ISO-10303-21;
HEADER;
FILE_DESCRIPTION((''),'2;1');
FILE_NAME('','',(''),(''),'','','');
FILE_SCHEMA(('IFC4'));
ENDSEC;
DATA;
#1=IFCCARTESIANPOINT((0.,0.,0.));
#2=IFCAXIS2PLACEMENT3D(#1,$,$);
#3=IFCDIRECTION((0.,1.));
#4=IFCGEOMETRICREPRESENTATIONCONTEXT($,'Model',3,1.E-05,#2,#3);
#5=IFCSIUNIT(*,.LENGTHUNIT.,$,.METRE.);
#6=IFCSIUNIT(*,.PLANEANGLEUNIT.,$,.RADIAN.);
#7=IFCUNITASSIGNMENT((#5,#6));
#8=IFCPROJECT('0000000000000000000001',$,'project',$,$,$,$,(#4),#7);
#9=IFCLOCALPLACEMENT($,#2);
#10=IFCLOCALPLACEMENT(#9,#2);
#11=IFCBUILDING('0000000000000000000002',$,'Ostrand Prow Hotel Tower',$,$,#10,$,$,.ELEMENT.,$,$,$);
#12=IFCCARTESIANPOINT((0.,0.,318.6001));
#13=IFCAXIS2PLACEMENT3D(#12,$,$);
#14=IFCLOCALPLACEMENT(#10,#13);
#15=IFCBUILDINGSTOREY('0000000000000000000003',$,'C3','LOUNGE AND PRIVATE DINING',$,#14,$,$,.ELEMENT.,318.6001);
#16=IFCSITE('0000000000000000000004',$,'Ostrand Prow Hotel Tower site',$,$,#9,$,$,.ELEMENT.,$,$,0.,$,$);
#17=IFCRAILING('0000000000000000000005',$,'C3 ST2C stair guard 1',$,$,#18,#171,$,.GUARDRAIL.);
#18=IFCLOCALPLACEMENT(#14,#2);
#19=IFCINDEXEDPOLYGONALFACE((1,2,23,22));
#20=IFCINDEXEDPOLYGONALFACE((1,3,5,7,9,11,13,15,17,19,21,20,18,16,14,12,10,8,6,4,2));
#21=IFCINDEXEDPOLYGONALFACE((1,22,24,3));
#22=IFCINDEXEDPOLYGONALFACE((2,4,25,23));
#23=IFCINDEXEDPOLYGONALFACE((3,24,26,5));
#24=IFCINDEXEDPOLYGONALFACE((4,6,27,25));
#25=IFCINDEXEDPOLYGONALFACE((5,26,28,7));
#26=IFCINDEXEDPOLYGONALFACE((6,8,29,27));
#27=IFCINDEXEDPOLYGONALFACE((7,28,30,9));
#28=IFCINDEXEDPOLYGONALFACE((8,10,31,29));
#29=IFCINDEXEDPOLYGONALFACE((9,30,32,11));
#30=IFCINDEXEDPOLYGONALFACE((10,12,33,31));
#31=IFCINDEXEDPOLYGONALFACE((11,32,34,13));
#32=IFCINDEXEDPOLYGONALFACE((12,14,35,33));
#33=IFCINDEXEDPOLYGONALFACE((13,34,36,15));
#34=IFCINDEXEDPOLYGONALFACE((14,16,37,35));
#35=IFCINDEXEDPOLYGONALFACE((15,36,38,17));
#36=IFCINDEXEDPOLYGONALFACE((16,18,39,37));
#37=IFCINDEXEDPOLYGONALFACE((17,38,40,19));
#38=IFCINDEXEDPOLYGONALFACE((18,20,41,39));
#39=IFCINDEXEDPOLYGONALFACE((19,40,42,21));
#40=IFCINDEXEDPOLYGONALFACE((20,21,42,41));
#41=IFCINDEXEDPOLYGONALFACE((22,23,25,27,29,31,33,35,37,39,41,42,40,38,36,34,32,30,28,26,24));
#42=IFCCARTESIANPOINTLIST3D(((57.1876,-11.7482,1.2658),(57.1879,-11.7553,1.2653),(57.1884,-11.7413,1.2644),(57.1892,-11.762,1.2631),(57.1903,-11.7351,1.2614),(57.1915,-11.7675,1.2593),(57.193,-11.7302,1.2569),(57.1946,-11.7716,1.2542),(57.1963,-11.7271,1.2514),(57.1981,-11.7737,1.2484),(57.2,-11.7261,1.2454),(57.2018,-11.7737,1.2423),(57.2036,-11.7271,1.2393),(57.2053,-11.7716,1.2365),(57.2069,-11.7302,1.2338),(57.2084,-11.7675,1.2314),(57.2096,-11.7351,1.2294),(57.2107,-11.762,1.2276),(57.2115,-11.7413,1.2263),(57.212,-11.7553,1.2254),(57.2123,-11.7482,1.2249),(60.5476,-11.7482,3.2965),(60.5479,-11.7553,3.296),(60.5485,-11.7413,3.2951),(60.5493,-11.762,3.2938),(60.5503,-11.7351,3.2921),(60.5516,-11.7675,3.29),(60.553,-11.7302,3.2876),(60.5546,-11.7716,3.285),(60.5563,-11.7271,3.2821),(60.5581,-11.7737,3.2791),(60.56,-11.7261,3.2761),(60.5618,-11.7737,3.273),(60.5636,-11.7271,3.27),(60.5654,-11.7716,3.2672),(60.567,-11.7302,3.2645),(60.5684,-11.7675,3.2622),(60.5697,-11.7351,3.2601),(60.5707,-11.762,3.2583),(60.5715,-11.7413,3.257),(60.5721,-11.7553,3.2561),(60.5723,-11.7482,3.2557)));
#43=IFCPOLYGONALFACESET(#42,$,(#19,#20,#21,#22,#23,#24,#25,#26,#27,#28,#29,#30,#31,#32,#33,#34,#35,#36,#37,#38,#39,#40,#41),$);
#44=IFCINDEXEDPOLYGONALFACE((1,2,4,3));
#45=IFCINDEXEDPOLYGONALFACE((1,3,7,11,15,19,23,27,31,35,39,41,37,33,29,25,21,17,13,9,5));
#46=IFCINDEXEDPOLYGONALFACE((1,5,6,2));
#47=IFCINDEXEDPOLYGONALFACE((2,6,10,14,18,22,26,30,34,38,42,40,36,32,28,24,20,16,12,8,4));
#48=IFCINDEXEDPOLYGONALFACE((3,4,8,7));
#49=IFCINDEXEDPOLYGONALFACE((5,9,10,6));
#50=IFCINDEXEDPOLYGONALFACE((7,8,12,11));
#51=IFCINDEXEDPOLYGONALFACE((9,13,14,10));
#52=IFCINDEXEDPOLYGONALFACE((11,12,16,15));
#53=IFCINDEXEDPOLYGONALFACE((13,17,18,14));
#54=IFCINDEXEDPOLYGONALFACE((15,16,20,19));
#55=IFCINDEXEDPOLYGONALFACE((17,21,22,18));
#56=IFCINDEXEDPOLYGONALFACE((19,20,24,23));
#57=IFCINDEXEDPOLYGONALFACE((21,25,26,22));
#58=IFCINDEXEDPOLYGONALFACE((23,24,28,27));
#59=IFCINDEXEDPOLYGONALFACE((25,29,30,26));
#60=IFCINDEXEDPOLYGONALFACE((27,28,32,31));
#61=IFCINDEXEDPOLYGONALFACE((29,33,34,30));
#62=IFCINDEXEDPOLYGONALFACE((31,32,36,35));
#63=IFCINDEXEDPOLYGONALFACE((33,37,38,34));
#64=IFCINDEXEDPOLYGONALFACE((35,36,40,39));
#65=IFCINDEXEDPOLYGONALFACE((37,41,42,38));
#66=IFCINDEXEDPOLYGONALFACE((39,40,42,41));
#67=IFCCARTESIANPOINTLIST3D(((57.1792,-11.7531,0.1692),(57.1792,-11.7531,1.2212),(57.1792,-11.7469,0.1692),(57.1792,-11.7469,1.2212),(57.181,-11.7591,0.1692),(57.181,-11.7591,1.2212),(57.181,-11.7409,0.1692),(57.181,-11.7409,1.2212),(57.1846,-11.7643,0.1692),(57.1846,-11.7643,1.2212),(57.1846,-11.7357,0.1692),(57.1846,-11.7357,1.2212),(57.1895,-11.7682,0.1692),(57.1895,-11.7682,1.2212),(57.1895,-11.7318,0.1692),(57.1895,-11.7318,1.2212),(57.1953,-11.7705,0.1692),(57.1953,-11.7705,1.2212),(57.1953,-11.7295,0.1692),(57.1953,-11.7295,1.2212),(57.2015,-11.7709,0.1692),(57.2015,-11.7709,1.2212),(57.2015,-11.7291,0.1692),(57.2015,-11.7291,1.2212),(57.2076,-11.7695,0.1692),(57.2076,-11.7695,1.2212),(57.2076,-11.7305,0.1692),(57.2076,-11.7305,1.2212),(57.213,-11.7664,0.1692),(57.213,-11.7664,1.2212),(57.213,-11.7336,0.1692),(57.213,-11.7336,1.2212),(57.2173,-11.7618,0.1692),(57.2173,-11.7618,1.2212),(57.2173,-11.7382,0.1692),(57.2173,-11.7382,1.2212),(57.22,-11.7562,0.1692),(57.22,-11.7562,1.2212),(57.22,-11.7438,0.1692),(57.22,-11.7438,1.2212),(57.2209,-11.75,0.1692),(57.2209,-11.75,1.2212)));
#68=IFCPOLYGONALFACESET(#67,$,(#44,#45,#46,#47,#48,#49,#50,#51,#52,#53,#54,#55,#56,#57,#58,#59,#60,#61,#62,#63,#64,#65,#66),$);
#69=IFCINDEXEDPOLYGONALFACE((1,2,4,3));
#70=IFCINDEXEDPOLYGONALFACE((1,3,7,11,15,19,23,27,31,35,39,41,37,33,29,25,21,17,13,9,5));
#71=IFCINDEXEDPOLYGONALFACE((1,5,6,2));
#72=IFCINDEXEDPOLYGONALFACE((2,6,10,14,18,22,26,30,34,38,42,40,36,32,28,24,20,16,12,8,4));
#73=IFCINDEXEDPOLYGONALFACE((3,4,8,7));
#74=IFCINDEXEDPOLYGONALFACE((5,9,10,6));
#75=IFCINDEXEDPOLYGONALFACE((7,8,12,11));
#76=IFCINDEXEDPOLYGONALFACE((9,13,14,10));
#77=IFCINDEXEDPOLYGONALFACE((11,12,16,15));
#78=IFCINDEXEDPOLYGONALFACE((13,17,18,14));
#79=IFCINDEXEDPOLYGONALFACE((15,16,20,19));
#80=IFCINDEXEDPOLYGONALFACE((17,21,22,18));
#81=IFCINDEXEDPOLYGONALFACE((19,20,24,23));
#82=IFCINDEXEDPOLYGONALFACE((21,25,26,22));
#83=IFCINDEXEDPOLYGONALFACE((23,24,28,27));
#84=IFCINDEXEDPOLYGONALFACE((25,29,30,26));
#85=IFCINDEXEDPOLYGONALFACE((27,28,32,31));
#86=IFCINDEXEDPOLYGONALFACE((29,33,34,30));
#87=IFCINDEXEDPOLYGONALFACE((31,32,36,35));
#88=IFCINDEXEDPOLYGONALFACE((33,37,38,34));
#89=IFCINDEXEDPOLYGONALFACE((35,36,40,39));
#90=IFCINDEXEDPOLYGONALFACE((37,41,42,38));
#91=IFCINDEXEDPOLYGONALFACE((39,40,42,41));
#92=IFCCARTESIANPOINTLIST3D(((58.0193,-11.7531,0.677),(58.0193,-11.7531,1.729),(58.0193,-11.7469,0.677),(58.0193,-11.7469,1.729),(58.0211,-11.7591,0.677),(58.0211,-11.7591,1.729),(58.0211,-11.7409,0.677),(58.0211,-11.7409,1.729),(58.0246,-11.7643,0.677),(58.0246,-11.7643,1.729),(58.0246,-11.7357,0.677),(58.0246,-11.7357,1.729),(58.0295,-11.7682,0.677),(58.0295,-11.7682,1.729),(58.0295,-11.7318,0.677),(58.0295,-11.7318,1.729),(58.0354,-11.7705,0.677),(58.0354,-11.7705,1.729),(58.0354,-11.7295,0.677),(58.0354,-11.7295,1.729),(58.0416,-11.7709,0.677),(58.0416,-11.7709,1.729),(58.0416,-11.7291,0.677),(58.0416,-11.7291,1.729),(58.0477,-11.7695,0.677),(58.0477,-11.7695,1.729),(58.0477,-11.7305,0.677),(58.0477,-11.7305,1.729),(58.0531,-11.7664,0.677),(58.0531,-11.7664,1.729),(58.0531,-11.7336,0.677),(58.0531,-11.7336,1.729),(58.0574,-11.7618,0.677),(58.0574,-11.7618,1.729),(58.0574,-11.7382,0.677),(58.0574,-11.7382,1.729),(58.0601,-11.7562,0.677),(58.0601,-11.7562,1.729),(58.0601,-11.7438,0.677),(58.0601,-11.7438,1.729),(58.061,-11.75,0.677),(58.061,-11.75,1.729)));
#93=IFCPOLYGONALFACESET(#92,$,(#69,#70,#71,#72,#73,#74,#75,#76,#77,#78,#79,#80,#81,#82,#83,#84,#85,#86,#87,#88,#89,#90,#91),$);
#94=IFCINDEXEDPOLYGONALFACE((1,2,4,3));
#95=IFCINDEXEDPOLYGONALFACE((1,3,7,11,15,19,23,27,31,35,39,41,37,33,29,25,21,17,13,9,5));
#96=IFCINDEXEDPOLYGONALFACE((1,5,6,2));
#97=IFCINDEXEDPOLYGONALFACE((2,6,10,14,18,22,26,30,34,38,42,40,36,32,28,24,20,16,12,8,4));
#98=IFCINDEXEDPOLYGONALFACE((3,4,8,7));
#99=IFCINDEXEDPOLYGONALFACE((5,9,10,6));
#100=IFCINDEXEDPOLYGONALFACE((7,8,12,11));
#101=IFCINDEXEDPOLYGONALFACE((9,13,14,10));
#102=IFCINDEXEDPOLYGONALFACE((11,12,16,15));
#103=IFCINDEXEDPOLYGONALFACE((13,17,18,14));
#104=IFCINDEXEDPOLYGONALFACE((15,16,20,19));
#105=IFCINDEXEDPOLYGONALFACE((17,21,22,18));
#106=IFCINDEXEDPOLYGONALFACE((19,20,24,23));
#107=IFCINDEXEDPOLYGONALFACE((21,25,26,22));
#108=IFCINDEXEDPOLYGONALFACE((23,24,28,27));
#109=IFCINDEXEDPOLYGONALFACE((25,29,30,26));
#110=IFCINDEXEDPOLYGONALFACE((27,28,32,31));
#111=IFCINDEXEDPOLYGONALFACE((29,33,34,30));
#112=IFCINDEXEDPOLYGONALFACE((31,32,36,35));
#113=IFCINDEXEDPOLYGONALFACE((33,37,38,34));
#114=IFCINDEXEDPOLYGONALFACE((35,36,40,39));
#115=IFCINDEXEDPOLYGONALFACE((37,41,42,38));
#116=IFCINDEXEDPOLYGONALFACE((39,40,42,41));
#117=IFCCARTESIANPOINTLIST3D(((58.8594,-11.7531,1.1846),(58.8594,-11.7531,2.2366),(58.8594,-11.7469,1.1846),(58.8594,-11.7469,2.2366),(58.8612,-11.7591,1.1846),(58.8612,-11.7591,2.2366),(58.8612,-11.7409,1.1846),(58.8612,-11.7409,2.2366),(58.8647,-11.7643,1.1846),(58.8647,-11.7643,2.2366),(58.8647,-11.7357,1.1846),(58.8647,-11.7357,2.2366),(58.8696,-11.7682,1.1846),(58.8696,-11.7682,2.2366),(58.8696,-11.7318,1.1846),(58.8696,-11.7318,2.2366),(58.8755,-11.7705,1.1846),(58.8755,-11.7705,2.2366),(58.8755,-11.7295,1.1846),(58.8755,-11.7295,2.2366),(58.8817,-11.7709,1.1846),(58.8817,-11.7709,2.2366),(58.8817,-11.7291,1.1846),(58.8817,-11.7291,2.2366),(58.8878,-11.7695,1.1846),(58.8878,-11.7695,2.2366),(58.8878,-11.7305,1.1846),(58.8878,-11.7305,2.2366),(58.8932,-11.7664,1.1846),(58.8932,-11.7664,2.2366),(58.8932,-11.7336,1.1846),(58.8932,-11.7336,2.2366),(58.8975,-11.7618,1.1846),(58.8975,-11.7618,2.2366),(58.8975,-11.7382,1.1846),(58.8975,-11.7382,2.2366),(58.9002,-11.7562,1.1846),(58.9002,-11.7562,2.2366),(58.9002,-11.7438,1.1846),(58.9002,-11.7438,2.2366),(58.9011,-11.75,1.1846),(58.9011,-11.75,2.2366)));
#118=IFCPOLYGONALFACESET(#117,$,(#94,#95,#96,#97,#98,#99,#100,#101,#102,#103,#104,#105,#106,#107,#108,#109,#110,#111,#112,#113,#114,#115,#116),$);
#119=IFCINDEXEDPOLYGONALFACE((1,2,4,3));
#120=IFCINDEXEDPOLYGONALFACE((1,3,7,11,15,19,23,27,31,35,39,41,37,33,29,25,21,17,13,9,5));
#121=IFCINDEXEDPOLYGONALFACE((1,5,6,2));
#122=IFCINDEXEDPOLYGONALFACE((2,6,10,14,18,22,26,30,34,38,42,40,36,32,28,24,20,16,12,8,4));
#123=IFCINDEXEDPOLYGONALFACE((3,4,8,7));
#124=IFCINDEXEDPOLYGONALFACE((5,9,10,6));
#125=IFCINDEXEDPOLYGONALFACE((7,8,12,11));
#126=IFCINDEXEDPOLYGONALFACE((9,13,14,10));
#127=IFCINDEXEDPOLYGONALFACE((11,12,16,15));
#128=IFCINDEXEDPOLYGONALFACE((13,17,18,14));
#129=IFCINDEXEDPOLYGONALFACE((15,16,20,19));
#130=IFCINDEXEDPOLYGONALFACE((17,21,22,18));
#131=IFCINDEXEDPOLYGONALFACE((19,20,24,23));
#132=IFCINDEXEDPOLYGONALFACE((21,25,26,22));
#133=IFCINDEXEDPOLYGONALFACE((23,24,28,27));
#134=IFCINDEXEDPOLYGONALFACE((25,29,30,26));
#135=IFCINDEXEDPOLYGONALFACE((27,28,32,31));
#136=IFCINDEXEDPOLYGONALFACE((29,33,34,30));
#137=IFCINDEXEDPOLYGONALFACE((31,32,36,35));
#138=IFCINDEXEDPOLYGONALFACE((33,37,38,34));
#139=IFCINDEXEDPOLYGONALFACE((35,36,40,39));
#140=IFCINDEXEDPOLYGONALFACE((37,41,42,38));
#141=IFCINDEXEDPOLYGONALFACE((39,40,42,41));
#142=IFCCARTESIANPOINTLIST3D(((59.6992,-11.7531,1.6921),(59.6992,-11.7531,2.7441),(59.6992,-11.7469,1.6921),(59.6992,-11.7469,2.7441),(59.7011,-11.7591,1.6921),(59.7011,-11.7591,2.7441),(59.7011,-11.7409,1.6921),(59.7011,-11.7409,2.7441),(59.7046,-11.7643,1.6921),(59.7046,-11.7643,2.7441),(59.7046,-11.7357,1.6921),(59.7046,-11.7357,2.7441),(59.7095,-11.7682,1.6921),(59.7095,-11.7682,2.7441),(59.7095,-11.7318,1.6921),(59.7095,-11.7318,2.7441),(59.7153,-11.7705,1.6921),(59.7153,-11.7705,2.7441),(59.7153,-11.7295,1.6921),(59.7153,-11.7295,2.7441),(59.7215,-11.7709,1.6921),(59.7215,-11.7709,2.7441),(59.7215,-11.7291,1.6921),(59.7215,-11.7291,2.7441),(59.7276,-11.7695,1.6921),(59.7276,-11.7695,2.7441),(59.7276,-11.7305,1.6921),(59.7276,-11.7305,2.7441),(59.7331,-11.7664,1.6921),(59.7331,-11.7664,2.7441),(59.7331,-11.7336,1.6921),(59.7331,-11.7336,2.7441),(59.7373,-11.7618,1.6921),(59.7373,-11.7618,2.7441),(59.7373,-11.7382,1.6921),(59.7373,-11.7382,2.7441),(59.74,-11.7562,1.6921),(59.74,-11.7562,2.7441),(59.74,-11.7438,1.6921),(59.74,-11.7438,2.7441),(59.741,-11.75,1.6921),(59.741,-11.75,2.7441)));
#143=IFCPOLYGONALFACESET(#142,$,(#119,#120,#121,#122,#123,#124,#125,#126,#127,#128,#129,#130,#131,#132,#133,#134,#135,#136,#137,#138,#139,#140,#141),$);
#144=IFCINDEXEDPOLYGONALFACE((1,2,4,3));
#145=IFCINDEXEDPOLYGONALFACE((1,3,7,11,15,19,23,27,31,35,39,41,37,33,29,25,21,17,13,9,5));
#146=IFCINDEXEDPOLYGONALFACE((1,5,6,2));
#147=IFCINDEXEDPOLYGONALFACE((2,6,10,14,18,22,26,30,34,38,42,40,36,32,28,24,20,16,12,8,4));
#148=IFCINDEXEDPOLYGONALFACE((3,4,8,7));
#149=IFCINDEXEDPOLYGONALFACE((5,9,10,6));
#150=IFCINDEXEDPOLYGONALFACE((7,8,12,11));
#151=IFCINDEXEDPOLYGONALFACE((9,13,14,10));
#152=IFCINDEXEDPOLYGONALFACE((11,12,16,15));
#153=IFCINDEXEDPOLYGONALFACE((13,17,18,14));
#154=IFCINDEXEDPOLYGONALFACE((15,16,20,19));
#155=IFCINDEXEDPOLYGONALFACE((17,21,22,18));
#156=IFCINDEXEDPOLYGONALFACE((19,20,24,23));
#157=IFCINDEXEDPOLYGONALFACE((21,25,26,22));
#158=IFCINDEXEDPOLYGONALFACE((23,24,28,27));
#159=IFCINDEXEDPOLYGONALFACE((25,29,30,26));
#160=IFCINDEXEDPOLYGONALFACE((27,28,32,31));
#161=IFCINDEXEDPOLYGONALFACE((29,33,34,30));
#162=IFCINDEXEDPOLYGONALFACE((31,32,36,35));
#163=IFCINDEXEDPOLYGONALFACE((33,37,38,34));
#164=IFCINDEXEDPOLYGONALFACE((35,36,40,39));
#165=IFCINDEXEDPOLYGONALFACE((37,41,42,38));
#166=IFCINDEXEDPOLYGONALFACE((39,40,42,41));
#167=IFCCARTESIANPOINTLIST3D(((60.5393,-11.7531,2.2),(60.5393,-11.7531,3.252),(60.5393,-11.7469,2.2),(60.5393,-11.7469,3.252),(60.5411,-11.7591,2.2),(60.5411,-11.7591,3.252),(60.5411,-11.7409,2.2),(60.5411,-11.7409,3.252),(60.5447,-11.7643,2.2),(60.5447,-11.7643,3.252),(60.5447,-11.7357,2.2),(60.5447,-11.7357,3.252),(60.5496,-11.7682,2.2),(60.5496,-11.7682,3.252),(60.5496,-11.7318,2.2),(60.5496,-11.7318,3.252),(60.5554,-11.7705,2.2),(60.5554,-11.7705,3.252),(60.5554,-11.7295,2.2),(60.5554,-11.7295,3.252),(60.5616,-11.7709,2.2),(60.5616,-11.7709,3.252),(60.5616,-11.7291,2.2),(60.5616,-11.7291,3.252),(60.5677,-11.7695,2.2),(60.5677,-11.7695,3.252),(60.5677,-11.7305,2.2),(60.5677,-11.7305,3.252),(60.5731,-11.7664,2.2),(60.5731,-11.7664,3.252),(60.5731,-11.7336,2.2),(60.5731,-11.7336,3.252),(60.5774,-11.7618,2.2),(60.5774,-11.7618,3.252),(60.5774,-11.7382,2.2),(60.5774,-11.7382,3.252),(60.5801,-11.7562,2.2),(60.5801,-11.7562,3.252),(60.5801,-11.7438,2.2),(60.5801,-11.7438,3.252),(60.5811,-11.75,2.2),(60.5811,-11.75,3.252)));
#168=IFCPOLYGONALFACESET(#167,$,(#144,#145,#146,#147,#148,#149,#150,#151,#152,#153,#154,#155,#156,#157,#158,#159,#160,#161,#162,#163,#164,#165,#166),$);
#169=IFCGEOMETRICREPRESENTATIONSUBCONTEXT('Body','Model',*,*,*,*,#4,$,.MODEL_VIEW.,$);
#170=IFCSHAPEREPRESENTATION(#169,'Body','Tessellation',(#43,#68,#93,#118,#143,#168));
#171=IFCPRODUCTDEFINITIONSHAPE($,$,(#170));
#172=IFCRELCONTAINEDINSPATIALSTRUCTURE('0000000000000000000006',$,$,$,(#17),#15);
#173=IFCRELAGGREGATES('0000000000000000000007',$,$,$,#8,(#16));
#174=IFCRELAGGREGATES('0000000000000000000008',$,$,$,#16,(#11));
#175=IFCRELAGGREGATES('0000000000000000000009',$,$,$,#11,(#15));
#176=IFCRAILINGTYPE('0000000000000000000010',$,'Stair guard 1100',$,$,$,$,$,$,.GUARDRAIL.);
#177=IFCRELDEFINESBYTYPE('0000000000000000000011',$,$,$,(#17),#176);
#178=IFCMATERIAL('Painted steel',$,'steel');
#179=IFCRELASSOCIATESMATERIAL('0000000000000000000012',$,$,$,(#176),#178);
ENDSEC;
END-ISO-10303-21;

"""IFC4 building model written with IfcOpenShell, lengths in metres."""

from ifc_helpers import new_model, si_unit, direction, frame, origin, origin_2d, place, context, subcontext, project, spatial, circle, extrude, material, type_object, element, save


model = new_model("IFC4")

# Units and contexts
model_context = context("Model", 3, precision=1e-05, world=origin(), true_north=direction((0.0, 1.0)))
body_context = subcontext(model_context, "Body", "Model", "MODEL_VIEW")
ifc_project = project(units=[si_unit("LENGTHUNIT", "METRE"), si_unit("PLANEANGLEUNIT", "RADIAN")], contexts=[model_context])

# Site, building, storey
site_placement = place(None, origin())
site = spatial("IfcSite", under=ifc_project, at=site_placement, Name="Ostrand Prow Hotel Tower site", CompositionType="ELEMENT", RefElevation=0.0)
building_placement = place(site_placement, origin())
building = spatial("IfcBuilding", under=site, at=building_placement, Name="Ostrand Prow Hotel Tower", CompositionType="ELEMENT")
storey_placement = place(building_placement, frame((0.0, 0.0, 318.6001)))
storey = spatial("IfcBuildingStorey", under=building, at=storey_placement, Name="C3", Description="LOUNGE AND PRIVATE DINING", CompositionType="ELEMENT", Elevation=318.6001)

# Railing
ifc_material_1 = material(Name="Painted steel", Category="steel")
railing_type_1 = type_object("IfcRailingType", Name="Stair guard 1100", PredefinedType="GUARDRAIL", material=ifc_material_1)
railing_1_placement = place(storey_placement, frame((57.2, -11.75, 0.1692)))
element("IfcRailing", 1, at=railing_1_placement, inside=storey, type_object=railing_type_1, Name="C3 ST2C stair guard 1", PredefinedType="GUARDRAIL", context=body_context, shape_type="SweptSolid", body=[
    extrude(circle(Radius=0.0239, at=origin_2d()), frame((0.0, 0.0, 1.0762), z_axis=(0.855837, 0.0, 0.517246), x_axis=(0.0, 1.0, 0.0)), (0.0, 0.0, 1.0), 3.926),
    extrude(circle(Radius=0.021, at=origin_2d()), origin(), (0.0, 0.0, 1.0), 1.052),
    extrude(circle(Radius=0.021, at=origin_2d()), frame((0.8401, 0.0, 0.5078)), (0.0, 0.0, 1.0), 1.052),
    extrude(circle(Radius=0.021, at=origin_2d()), frame((1.6802, 0.0, 1.0154)), (0.0, 0.0, 1.0), 1.052),
    extrude(circle(Radius=0.021, at=origin_2d()), frame((2.52, 0.0, 1.5229)), (0.0, 0.0, 1.0), 1.052),
    extrude(circle(Radius=0.021, at=origin_2d()), frame((3.3601, 0.0, 2.0308)), (0.0, 0.0, 1.0), 1.052),
])

save(model, "model.ifc")
